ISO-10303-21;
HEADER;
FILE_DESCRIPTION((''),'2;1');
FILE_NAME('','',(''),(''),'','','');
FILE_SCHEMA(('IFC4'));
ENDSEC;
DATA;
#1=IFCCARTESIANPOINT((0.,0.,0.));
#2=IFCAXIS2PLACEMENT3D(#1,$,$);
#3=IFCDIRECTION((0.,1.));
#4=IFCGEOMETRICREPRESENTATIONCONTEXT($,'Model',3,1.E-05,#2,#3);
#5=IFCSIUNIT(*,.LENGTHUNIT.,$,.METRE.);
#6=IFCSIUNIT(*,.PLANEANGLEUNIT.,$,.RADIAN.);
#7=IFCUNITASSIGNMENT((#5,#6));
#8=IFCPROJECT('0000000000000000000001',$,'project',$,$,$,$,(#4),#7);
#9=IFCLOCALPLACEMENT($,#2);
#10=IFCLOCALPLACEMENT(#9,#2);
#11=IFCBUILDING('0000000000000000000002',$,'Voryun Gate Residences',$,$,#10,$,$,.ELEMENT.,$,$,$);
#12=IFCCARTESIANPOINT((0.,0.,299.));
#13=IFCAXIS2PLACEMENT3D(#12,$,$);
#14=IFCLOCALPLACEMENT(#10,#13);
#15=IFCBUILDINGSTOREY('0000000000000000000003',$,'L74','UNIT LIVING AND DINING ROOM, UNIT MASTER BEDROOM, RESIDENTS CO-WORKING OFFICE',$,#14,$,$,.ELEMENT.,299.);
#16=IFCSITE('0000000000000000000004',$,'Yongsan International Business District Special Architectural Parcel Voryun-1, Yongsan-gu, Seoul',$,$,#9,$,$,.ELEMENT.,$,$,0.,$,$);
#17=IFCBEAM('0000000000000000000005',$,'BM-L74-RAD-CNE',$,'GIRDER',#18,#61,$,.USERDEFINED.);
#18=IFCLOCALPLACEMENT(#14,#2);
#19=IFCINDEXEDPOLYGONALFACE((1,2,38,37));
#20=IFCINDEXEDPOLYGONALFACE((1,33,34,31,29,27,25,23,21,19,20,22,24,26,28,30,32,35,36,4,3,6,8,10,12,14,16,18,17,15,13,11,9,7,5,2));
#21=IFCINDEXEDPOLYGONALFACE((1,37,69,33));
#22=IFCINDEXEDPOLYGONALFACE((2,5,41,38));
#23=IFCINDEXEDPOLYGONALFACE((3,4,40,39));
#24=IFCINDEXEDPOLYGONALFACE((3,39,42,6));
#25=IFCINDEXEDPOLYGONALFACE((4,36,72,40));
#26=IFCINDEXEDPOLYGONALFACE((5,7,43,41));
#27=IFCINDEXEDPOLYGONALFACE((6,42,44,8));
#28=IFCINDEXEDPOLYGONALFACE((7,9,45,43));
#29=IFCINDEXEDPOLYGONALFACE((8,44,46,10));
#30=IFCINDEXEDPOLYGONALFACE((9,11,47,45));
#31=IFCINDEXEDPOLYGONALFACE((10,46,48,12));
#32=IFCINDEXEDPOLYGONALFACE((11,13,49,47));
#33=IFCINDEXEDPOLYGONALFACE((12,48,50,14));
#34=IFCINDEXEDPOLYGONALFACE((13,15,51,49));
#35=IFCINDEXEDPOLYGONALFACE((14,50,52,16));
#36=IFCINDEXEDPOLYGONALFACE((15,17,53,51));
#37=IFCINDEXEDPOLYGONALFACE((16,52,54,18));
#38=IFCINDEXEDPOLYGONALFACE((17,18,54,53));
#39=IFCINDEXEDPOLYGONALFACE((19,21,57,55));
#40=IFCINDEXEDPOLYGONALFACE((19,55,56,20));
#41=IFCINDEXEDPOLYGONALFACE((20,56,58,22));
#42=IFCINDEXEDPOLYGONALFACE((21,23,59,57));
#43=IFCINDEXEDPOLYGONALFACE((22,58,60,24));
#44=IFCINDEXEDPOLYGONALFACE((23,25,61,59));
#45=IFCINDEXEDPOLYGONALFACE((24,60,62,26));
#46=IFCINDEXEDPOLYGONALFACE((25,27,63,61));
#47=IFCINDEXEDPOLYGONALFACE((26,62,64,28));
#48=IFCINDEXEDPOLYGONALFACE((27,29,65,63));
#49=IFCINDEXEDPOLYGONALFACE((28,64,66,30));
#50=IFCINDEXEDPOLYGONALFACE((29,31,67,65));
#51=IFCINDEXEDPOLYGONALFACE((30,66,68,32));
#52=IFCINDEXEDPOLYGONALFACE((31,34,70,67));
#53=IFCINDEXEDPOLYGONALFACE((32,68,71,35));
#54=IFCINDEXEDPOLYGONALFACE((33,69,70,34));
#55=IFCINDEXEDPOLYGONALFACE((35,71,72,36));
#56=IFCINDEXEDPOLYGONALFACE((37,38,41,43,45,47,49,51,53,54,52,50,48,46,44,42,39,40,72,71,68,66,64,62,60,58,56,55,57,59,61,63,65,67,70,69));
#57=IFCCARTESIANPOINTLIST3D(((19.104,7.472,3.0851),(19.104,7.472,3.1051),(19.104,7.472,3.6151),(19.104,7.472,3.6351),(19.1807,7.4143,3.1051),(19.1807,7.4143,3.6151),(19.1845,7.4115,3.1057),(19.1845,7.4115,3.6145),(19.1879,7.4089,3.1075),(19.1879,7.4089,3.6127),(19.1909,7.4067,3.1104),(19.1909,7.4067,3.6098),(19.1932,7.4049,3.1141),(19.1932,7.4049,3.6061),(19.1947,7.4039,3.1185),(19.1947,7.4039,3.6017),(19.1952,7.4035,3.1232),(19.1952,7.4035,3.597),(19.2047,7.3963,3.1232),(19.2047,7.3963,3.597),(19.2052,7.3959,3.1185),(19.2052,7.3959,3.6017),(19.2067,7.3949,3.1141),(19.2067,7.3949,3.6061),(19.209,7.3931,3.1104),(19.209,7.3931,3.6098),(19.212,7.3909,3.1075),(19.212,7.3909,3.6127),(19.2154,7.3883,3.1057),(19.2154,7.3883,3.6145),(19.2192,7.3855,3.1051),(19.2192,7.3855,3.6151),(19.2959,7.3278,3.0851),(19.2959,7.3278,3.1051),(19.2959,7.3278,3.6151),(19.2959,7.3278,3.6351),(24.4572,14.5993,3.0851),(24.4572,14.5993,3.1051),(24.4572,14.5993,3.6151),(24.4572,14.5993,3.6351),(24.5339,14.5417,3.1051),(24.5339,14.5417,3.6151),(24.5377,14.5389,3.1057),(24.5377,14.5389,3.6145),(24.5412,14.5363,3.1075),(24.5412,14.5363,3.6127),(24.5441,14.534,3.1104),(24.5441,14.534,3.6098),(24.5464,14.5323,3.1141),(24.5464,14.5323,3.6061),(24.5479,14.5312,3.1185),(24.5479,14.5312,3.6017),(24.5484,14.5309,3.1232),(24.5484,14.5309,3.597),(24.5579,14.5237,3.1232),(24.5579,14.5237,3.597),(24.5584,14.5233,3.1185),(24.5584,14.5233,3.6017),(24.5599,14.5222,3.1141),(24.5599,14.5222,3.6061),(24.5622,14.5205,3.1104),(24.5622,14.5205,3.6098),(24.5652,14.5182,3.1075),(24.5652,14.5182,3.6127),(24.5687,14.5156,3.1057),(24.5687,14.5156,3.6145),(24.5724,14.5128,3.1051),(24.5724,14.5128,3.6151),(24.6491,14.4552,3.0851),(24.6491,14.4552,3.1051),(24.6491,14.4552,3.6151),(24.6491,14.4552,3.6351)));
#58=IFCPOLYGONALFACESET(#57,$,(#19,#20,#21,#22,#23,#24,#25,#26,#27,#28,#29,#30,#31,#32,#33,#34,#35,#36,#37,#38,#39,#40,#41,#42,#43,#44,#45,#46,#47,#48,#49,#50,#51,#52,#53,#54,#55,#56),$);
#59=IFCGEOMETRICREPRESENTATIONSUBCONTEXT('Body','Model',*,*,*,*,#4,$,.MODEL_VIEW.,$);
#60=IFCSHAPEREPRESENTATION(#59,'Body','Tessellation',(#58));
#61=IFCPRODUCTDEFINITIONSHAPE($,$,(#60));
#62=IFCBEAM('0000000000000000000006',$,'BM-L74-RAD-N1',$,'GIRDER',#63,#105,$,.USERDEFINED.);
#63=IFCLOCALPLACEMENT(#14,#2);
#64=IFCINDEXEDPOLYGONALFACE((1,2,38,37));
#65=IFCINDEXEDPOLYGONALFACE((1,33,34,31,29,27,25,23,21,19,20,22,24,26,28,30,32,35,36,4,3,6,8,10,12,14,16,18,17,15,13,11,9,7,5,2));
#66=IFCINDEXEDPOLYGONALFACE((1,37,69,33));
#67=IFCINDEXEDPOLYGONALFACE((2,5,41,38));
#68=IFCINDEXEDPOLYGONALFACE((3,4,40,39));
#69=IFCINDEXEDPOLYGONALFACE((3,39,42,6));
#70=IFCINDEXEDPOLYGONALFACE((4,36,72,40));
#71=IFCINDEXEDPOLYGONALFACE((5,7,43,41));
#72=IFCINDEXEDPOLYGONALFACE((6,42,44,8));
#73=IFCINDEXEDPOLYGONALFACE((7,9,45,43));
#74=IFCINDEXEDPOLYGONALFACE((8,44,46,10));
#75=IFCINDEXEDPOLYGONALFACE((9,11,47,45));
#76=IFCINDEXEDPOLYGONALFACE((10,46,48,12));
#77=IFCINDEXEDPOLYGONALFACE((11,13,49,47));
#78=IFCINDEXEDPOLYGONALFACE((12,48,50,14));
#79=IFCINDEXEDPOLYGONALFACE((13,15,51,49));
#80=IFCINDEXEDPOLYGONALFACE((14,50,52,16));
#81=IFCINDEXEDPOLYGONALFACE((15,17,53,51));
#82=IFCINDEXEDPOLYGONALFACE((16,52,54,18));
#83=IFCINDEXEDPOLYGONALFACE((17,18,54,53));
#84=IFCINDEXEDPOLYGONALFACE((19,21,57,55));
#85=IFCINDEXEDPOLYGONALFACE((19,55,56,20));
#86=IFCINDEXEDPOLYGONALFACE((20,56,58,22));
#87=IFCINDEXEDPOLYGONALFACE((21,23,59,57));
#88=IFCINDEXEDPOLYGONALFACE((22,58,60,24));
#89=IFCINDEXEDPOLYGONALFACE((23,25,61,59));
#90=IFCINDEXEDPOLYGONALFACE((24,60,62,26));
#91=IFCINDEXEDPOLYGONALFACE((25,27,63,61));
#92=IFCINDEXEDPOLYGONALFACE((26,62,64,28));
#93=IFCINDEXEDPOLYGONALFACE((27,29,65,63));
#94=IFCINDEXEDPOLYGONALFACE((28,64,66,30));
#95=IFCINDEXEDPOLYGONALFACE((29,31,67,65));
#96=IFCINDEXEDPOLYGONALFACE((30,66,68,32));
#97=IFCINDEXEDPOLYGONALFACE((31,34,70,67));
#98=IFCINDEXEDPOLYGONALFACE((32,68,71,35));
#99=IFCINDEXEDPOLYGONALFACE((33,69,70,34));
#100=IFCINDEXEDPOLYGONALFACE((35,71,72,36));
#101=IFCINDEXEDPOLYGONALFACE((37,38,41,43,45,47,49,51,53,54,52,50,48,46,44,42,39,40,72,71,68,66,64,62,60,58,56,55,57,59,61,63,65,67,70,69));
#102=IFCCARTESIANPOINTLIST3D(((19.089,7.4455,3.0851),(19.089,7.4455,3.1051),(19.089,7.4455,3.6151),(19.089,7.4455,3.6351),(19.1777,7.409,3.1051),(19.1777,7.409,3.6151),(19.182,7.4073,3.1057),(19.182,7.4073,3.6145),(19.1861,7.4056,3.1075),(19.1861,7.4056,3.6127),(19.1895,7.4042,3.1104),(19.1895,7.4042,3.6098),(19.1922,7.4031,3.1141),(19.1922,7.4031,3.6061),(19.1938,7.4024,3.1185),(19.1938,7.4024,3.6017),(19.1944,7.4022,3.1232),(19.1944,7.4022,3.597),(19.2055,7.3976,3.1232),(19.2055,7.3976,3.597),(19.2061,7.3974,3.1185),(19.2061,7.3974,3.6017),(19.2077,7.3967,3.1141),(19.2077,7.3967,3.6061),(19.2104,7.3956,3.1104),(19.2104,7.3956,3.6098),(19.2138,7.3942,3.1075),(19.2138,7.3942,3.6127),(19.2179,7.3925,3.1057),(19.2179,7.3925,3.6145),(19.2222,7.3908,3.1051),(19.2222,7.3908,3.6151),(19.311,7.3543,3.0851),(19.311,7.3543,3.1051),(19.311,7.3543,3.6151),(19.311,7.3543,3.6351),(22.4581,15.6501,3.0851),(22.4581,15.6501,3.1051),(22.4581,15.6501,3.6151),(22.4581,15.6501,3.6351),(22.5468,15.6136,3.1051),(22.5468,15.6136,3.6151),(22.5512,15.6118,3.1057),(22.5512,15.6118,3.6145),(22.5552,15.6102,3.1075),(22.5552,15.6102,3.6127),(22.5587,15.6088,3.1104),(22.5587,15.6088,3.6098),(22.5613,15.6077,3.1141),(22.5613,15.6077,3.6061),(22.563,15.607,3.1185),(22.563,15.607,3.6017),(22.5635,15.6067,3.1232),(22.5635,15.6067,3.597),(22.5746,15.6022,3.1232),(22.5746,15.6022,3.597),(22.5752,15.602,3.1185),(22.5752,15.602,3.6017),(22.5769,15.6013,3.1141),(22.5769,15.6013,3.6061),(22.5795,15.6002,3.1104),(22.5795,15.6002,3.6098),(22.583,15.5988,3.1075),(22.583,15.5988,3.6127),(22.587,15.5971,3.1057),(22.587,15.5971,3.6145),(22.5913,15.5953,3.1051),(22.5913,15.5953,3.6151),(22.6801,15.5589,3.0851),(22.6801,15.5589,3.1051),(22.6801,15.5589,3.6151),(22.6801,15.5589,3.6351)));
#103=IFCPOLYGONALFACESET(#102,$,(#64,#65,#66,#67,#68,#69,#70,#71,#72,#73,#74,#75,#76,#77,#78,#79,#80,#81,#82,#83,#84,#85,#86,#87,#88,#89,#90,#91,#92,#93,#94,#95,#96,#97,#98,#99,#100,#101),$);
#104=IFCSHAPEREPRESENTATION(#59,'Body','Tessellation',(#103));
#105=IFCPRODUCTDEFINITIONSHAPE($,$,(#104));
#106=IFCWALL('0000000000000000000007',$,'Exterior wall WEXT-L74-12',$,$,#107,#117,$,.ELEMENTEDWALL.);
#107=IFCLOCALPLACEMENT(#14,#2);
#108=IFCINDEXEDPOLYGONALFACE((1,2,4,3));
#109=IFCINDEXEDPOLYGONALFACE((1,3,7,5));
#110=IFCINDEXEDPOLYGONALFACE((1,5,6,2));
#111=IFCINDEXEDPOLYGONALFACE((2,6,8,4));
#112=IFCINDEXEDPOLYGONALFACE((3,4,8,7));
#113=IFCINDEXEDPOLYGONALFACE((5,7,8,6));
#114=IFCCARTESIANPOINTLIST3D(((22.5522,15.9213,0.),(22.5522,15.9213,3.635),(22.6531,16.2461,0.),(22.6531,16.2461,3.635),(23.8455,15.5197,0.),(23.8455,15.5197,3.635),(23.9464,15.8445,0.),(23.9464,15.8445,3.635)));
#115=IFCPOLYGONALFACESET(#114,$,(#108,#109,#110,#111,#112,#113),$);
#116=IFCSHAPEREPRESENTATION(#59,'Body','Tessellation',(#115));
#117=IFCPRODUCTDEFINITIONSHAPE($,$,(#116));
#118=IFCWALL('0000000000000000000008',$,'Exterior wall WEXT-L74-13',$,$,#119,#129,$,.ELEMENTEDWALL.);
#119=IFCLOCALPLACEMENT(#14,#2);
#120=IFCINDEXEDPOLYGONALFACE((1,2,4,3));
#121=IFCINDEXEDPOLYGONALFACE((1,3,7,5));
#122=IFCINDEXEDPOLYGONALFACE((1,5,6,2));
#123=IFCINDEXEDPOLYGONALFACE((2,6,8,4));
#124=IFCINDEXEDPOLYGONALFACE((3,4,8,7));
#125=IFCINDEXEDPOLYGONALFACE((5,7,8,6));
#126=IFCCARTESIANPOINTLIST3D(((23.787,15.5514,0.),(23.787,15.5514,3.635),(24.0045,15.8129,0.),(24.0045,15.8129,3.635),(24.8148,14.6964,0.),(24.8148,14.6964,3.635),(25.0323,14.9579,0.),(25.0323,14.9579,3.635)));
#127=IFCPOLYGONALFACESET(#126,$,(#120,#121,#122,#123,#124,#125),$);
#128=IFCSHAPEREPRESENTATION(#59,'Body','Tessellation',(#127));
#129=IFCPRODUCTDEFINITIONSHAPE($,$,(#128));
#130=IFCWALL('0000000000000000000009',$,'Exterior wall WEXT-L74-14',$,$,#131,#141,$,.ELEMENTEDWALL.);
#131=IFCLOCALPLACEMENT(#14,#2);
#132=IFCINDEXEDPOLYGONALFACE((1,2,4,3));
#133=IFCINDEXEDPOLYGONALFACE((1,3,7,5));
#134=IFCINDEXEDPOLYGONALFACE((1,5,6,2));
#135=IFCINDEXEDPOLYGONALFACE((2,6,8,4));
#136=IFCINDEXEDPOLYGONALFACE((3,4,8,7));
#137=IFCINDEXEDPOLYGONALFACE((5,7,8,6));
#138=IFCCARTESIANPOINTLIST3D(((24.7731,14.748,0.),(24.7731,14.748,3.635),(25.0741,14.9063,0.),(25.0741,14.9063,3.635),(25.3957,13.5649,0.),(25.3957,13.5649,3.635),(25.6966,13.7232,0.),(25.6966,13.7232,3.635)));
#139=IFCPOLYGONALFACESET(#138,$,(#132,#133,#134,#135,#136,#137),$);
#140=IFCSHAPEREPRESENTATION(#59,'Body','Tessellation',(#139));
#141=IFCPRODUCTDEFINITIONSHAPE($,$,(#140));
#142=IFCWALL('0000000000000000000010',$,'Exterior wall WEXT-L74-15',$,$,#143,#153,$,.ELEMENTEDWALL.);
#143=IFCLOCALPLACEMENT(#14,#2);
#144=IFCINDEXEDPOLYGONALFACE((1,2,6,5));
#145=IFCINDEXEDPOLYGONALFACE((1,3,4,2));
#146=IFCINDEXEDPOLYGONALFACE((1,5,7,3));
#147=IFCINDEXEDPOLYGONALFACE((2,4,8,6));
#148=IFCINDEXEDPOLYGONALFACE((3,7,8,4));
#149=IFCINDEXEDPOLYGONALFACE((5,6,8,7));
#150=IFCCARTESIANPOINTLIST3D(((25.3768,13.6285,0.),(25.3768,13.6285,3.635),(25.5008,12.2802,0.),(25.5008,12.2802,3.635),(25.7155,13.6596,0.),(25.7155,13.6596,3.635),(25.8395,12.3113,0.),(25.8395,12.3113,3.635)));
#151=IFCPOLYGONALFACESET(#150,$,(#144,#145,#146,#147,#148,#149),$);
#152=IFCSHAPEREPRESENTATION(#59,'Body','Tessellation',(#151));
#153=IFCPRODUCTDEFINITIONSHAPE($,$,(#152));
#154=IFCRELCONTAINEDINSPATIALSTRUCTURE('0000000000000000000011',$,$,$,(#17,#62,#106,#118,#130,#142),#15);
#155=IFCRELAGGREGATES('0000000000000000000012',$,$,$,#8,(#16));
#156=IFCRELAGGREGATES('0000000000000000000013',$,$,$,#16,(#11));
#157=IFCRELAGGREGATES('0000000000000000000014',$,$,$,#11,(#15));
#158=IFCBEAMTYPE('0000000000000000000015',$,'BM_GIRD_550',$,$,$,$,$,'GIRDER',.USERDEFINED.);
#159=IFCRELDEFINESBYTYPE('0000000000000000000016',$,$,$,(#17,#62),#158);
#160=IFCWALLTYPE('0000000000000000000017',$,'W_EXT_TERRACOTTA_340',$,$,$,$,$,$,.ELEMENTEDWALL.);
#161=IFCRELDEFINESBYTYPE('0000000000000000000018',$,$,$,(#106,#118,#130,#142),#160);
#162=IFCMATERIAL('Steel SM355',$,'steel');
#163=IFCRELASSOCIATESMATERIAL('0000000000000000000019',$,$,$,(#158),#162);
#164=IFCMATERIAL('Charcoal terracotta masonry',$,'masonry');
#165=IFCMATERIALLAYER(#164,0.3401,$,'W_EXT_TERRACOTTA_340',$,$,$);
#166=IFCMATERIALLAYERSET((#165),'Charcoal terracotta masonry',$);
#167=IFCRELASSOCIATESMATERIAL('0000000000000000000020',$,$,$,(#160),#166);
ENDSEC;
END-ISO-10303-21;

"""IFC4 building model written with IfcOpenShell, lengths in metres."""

from ifc_helpers import new_model, si_unit, direction, frame, frame_2d, origin, origin_2d, place, context, subcontext, project, spatial, rectangle, i_section, extrude, material, layer, layer_set, material_profile, profile_set, type_object, element, save


model = new_model("IFC4")

# Units and contexts
model_context = context("Model", 3, precision=1e-05, world=origin(), true_north=direction((0.0, 1.0)))
body_context = subcontext(model_context, "Body", "Model", "MODEL_VIEW")
ifc_project = project(units=[si_unit("LENGTHUNIT", "METRE"), si_unit("PLANEANGLEUNIT", "RADIAN")], contexts=[model_context])

# Site, building, storey
site_placement = place(None, origin())
site = spatial("IfcSite", under=ifc_project, at=site_placement, Name="Yongsan International Business District Special Architectural Parcel Voryun-1, Yongsan-gu, Seoul", CompositionType="ELEMENT", RefElevation=0.0)
building_placement = place(site_placement, origin())
building = spatial("IfcBuilding", under=site, at=building_placement, Name="Voryun Gate Residences", CompositionType="ELEMENT")
storey_placement = place(building_placement, frame((0.0, 0.0, 299.0)))
storey = spatial("IfcBuildingStorey", under=building, at=storey_placement, Name="L74", Description="UNIT LIVING AND DINING ROOM, UNIT MASTER BEDROOM, RESIDENTS CO-WORKING OFFICE", CompositionType="ELEMENT", Elevation=299.0)

# Beams
ifc_material_1 = material(Name="Steel SM355", Category="steel")
ifc_material_profile_1 = material_profile(ifc_material_1, i_section(OverallWidth=0.24, OverallDepth=0.55, WebThickness=0.012, FlangeThickness=0.02, FilletRadius=0.0181, at=origin_2d()), Name="H-550x240x12x20")
ifc_profile_set_1 = profile_set([ifc_material_profile_1], Name="Steel SM355")
beam_type_1 = type_object("IfcBeamType", Name="BM_GIRD_550", ElementType="GIRDER", PredefinedType="USERDEFINED", material=ifc_profile_set_1)
beam_1_placement = place(storey_placement, frame((19.2, 7.3999, 3.3601), z_axis=(0.600552, 0.799586, 0.0), x_axis=(-0.799586, 0.600552, 0.0)))
element("IfcBeam", 1, at=beam_1_placement, inside=storey, type_object=beam_type_1, Name="BM-L74-RAD-CNE", ObjectType="GIRDER", PredefinedType="USERDEFINED", context=body_context, shape_type="SweptSolid", body=[
    extrude(i_section(OverallWidth=0.24, OverallDepth=0.55, WebThickness=0.012, FlangeThickness=0.02, FilletRadius=0.0181, at=origin_2d()), origin(), (0.0, 0.0, 1.0), 8.9138),
])
beam_2_placement = place(storey_placement, frame((19.2, 7.3999, 3.3601), z_axis=(0.379861, 0.925044, 0.0), x_axis=(-0.925044, 0.379861, 0.0)))
element("IfcBeam", 2, at=beam_2_placement, inside=storey, type_object=beam_type_1, Name="BM-L74-RAD-N1", ObjectType="GIRDER", PredefinedType="USERDEFINED", context=body_context, shape_type="SweptSolid", body=[
    extrude(i_section(OverallWidth=0.24, OverallDepth=0.55, WebThickness=0.012, FlangeThickness=0.02, FilletRadius=0.0181, at=origin_2d()), origin(), (0.0, 0.0, 1.0), 8.8694),
])

# Walls
ifc_material_2 = material(Name="Charcoal terracotta masonry", Category="masonry")
ifc_layer_1 = layer(ifc_material_2, 0.3401, Name="W_EXT_TERRACOTTA_340")
ifc_layer_set_1 = layer_set([ifc_layer_1], Name="Charcoal terracotta masonry")
wall_type_1 = type_object("IfcWallType", Name="W_EXT_TERRACOTTA_340", PredefinedType="ELEMENTEDWALL", material=ifc_layer_set_1)
wall_1_placement = place(storey_placement, frame((22.6025, 16.0837, 0.0), z_axis=(0.0, 0.0, 1.0), x_axis=(0.955008, -0.296581, 0.0)))
element("IfcWall", 3, at=wall_1_placement, inside=storey, type_object=wall_type_1, Name="Exterior wall WEXT-L74-12", PredefinedType="ELEMENTEDWALL", context=body_context, shape_type="SweptSolid", body=[
    extrude(rectangle(XDim=1.3542, YDim=0.3401, at=frame_2d((0.6772, 0.0))), origin(), (0.0, 0.0, 1.0), 3.635),
])
for number, where, z_axis, x_axis, name in (
    (4, (23.8958, 15.6821, 0.0), (0.0, 0.0, 1.0), (0.76879, -0.639502, 0.0), "Exterior wall WEXT-L74-13"),
    (5, (24.9236, 14.8271, 0.0), (0.0, 0.0, 1.0), (0.465671, -0.884958, 0.0), "Exterior wall WEXT-L74-14"),
):
    element("IfcWall", number, at=place(storey_placement, frame(where, z_axis=z_axis, x_axis=x_axis)), inside=storey, type_object=wall_type_1, Name=name, PredefinedType="ELEMENTEDWALL", context=body_context, shape_type="SweptSolid", body=[
        extrude(rectangle(XDim=1.3369, YDim=0.3401, at=frame_2d((0.6685, 0.0))), origin(), (0.0, 0.0, 1.0), 3.635),
    ])
wall_2_placement = place(storey_placement, frame((25.5461, 13.644, 0.0), z_axis=(0.0, 0.0, 1.0), x_axis=(0.091592, -0.995797, 0.0)))
element("IfcWall", 6, at=wall_2_placement, inside=storey, type_object=wall_type_1, Name="Exterior wall WEXT-L74-15", PredefinedType="ELEMENTEDWALL", context=body_context, shape_type="SweptSolid", body=[
    extrude(rectangle(XDim=1.354, YDim=0.3401, at=frame_2d((0.677, 0.0))), origin(), (0.0, 0.0, 1.0), 3.635),
])

save(model, "model.ifc")
